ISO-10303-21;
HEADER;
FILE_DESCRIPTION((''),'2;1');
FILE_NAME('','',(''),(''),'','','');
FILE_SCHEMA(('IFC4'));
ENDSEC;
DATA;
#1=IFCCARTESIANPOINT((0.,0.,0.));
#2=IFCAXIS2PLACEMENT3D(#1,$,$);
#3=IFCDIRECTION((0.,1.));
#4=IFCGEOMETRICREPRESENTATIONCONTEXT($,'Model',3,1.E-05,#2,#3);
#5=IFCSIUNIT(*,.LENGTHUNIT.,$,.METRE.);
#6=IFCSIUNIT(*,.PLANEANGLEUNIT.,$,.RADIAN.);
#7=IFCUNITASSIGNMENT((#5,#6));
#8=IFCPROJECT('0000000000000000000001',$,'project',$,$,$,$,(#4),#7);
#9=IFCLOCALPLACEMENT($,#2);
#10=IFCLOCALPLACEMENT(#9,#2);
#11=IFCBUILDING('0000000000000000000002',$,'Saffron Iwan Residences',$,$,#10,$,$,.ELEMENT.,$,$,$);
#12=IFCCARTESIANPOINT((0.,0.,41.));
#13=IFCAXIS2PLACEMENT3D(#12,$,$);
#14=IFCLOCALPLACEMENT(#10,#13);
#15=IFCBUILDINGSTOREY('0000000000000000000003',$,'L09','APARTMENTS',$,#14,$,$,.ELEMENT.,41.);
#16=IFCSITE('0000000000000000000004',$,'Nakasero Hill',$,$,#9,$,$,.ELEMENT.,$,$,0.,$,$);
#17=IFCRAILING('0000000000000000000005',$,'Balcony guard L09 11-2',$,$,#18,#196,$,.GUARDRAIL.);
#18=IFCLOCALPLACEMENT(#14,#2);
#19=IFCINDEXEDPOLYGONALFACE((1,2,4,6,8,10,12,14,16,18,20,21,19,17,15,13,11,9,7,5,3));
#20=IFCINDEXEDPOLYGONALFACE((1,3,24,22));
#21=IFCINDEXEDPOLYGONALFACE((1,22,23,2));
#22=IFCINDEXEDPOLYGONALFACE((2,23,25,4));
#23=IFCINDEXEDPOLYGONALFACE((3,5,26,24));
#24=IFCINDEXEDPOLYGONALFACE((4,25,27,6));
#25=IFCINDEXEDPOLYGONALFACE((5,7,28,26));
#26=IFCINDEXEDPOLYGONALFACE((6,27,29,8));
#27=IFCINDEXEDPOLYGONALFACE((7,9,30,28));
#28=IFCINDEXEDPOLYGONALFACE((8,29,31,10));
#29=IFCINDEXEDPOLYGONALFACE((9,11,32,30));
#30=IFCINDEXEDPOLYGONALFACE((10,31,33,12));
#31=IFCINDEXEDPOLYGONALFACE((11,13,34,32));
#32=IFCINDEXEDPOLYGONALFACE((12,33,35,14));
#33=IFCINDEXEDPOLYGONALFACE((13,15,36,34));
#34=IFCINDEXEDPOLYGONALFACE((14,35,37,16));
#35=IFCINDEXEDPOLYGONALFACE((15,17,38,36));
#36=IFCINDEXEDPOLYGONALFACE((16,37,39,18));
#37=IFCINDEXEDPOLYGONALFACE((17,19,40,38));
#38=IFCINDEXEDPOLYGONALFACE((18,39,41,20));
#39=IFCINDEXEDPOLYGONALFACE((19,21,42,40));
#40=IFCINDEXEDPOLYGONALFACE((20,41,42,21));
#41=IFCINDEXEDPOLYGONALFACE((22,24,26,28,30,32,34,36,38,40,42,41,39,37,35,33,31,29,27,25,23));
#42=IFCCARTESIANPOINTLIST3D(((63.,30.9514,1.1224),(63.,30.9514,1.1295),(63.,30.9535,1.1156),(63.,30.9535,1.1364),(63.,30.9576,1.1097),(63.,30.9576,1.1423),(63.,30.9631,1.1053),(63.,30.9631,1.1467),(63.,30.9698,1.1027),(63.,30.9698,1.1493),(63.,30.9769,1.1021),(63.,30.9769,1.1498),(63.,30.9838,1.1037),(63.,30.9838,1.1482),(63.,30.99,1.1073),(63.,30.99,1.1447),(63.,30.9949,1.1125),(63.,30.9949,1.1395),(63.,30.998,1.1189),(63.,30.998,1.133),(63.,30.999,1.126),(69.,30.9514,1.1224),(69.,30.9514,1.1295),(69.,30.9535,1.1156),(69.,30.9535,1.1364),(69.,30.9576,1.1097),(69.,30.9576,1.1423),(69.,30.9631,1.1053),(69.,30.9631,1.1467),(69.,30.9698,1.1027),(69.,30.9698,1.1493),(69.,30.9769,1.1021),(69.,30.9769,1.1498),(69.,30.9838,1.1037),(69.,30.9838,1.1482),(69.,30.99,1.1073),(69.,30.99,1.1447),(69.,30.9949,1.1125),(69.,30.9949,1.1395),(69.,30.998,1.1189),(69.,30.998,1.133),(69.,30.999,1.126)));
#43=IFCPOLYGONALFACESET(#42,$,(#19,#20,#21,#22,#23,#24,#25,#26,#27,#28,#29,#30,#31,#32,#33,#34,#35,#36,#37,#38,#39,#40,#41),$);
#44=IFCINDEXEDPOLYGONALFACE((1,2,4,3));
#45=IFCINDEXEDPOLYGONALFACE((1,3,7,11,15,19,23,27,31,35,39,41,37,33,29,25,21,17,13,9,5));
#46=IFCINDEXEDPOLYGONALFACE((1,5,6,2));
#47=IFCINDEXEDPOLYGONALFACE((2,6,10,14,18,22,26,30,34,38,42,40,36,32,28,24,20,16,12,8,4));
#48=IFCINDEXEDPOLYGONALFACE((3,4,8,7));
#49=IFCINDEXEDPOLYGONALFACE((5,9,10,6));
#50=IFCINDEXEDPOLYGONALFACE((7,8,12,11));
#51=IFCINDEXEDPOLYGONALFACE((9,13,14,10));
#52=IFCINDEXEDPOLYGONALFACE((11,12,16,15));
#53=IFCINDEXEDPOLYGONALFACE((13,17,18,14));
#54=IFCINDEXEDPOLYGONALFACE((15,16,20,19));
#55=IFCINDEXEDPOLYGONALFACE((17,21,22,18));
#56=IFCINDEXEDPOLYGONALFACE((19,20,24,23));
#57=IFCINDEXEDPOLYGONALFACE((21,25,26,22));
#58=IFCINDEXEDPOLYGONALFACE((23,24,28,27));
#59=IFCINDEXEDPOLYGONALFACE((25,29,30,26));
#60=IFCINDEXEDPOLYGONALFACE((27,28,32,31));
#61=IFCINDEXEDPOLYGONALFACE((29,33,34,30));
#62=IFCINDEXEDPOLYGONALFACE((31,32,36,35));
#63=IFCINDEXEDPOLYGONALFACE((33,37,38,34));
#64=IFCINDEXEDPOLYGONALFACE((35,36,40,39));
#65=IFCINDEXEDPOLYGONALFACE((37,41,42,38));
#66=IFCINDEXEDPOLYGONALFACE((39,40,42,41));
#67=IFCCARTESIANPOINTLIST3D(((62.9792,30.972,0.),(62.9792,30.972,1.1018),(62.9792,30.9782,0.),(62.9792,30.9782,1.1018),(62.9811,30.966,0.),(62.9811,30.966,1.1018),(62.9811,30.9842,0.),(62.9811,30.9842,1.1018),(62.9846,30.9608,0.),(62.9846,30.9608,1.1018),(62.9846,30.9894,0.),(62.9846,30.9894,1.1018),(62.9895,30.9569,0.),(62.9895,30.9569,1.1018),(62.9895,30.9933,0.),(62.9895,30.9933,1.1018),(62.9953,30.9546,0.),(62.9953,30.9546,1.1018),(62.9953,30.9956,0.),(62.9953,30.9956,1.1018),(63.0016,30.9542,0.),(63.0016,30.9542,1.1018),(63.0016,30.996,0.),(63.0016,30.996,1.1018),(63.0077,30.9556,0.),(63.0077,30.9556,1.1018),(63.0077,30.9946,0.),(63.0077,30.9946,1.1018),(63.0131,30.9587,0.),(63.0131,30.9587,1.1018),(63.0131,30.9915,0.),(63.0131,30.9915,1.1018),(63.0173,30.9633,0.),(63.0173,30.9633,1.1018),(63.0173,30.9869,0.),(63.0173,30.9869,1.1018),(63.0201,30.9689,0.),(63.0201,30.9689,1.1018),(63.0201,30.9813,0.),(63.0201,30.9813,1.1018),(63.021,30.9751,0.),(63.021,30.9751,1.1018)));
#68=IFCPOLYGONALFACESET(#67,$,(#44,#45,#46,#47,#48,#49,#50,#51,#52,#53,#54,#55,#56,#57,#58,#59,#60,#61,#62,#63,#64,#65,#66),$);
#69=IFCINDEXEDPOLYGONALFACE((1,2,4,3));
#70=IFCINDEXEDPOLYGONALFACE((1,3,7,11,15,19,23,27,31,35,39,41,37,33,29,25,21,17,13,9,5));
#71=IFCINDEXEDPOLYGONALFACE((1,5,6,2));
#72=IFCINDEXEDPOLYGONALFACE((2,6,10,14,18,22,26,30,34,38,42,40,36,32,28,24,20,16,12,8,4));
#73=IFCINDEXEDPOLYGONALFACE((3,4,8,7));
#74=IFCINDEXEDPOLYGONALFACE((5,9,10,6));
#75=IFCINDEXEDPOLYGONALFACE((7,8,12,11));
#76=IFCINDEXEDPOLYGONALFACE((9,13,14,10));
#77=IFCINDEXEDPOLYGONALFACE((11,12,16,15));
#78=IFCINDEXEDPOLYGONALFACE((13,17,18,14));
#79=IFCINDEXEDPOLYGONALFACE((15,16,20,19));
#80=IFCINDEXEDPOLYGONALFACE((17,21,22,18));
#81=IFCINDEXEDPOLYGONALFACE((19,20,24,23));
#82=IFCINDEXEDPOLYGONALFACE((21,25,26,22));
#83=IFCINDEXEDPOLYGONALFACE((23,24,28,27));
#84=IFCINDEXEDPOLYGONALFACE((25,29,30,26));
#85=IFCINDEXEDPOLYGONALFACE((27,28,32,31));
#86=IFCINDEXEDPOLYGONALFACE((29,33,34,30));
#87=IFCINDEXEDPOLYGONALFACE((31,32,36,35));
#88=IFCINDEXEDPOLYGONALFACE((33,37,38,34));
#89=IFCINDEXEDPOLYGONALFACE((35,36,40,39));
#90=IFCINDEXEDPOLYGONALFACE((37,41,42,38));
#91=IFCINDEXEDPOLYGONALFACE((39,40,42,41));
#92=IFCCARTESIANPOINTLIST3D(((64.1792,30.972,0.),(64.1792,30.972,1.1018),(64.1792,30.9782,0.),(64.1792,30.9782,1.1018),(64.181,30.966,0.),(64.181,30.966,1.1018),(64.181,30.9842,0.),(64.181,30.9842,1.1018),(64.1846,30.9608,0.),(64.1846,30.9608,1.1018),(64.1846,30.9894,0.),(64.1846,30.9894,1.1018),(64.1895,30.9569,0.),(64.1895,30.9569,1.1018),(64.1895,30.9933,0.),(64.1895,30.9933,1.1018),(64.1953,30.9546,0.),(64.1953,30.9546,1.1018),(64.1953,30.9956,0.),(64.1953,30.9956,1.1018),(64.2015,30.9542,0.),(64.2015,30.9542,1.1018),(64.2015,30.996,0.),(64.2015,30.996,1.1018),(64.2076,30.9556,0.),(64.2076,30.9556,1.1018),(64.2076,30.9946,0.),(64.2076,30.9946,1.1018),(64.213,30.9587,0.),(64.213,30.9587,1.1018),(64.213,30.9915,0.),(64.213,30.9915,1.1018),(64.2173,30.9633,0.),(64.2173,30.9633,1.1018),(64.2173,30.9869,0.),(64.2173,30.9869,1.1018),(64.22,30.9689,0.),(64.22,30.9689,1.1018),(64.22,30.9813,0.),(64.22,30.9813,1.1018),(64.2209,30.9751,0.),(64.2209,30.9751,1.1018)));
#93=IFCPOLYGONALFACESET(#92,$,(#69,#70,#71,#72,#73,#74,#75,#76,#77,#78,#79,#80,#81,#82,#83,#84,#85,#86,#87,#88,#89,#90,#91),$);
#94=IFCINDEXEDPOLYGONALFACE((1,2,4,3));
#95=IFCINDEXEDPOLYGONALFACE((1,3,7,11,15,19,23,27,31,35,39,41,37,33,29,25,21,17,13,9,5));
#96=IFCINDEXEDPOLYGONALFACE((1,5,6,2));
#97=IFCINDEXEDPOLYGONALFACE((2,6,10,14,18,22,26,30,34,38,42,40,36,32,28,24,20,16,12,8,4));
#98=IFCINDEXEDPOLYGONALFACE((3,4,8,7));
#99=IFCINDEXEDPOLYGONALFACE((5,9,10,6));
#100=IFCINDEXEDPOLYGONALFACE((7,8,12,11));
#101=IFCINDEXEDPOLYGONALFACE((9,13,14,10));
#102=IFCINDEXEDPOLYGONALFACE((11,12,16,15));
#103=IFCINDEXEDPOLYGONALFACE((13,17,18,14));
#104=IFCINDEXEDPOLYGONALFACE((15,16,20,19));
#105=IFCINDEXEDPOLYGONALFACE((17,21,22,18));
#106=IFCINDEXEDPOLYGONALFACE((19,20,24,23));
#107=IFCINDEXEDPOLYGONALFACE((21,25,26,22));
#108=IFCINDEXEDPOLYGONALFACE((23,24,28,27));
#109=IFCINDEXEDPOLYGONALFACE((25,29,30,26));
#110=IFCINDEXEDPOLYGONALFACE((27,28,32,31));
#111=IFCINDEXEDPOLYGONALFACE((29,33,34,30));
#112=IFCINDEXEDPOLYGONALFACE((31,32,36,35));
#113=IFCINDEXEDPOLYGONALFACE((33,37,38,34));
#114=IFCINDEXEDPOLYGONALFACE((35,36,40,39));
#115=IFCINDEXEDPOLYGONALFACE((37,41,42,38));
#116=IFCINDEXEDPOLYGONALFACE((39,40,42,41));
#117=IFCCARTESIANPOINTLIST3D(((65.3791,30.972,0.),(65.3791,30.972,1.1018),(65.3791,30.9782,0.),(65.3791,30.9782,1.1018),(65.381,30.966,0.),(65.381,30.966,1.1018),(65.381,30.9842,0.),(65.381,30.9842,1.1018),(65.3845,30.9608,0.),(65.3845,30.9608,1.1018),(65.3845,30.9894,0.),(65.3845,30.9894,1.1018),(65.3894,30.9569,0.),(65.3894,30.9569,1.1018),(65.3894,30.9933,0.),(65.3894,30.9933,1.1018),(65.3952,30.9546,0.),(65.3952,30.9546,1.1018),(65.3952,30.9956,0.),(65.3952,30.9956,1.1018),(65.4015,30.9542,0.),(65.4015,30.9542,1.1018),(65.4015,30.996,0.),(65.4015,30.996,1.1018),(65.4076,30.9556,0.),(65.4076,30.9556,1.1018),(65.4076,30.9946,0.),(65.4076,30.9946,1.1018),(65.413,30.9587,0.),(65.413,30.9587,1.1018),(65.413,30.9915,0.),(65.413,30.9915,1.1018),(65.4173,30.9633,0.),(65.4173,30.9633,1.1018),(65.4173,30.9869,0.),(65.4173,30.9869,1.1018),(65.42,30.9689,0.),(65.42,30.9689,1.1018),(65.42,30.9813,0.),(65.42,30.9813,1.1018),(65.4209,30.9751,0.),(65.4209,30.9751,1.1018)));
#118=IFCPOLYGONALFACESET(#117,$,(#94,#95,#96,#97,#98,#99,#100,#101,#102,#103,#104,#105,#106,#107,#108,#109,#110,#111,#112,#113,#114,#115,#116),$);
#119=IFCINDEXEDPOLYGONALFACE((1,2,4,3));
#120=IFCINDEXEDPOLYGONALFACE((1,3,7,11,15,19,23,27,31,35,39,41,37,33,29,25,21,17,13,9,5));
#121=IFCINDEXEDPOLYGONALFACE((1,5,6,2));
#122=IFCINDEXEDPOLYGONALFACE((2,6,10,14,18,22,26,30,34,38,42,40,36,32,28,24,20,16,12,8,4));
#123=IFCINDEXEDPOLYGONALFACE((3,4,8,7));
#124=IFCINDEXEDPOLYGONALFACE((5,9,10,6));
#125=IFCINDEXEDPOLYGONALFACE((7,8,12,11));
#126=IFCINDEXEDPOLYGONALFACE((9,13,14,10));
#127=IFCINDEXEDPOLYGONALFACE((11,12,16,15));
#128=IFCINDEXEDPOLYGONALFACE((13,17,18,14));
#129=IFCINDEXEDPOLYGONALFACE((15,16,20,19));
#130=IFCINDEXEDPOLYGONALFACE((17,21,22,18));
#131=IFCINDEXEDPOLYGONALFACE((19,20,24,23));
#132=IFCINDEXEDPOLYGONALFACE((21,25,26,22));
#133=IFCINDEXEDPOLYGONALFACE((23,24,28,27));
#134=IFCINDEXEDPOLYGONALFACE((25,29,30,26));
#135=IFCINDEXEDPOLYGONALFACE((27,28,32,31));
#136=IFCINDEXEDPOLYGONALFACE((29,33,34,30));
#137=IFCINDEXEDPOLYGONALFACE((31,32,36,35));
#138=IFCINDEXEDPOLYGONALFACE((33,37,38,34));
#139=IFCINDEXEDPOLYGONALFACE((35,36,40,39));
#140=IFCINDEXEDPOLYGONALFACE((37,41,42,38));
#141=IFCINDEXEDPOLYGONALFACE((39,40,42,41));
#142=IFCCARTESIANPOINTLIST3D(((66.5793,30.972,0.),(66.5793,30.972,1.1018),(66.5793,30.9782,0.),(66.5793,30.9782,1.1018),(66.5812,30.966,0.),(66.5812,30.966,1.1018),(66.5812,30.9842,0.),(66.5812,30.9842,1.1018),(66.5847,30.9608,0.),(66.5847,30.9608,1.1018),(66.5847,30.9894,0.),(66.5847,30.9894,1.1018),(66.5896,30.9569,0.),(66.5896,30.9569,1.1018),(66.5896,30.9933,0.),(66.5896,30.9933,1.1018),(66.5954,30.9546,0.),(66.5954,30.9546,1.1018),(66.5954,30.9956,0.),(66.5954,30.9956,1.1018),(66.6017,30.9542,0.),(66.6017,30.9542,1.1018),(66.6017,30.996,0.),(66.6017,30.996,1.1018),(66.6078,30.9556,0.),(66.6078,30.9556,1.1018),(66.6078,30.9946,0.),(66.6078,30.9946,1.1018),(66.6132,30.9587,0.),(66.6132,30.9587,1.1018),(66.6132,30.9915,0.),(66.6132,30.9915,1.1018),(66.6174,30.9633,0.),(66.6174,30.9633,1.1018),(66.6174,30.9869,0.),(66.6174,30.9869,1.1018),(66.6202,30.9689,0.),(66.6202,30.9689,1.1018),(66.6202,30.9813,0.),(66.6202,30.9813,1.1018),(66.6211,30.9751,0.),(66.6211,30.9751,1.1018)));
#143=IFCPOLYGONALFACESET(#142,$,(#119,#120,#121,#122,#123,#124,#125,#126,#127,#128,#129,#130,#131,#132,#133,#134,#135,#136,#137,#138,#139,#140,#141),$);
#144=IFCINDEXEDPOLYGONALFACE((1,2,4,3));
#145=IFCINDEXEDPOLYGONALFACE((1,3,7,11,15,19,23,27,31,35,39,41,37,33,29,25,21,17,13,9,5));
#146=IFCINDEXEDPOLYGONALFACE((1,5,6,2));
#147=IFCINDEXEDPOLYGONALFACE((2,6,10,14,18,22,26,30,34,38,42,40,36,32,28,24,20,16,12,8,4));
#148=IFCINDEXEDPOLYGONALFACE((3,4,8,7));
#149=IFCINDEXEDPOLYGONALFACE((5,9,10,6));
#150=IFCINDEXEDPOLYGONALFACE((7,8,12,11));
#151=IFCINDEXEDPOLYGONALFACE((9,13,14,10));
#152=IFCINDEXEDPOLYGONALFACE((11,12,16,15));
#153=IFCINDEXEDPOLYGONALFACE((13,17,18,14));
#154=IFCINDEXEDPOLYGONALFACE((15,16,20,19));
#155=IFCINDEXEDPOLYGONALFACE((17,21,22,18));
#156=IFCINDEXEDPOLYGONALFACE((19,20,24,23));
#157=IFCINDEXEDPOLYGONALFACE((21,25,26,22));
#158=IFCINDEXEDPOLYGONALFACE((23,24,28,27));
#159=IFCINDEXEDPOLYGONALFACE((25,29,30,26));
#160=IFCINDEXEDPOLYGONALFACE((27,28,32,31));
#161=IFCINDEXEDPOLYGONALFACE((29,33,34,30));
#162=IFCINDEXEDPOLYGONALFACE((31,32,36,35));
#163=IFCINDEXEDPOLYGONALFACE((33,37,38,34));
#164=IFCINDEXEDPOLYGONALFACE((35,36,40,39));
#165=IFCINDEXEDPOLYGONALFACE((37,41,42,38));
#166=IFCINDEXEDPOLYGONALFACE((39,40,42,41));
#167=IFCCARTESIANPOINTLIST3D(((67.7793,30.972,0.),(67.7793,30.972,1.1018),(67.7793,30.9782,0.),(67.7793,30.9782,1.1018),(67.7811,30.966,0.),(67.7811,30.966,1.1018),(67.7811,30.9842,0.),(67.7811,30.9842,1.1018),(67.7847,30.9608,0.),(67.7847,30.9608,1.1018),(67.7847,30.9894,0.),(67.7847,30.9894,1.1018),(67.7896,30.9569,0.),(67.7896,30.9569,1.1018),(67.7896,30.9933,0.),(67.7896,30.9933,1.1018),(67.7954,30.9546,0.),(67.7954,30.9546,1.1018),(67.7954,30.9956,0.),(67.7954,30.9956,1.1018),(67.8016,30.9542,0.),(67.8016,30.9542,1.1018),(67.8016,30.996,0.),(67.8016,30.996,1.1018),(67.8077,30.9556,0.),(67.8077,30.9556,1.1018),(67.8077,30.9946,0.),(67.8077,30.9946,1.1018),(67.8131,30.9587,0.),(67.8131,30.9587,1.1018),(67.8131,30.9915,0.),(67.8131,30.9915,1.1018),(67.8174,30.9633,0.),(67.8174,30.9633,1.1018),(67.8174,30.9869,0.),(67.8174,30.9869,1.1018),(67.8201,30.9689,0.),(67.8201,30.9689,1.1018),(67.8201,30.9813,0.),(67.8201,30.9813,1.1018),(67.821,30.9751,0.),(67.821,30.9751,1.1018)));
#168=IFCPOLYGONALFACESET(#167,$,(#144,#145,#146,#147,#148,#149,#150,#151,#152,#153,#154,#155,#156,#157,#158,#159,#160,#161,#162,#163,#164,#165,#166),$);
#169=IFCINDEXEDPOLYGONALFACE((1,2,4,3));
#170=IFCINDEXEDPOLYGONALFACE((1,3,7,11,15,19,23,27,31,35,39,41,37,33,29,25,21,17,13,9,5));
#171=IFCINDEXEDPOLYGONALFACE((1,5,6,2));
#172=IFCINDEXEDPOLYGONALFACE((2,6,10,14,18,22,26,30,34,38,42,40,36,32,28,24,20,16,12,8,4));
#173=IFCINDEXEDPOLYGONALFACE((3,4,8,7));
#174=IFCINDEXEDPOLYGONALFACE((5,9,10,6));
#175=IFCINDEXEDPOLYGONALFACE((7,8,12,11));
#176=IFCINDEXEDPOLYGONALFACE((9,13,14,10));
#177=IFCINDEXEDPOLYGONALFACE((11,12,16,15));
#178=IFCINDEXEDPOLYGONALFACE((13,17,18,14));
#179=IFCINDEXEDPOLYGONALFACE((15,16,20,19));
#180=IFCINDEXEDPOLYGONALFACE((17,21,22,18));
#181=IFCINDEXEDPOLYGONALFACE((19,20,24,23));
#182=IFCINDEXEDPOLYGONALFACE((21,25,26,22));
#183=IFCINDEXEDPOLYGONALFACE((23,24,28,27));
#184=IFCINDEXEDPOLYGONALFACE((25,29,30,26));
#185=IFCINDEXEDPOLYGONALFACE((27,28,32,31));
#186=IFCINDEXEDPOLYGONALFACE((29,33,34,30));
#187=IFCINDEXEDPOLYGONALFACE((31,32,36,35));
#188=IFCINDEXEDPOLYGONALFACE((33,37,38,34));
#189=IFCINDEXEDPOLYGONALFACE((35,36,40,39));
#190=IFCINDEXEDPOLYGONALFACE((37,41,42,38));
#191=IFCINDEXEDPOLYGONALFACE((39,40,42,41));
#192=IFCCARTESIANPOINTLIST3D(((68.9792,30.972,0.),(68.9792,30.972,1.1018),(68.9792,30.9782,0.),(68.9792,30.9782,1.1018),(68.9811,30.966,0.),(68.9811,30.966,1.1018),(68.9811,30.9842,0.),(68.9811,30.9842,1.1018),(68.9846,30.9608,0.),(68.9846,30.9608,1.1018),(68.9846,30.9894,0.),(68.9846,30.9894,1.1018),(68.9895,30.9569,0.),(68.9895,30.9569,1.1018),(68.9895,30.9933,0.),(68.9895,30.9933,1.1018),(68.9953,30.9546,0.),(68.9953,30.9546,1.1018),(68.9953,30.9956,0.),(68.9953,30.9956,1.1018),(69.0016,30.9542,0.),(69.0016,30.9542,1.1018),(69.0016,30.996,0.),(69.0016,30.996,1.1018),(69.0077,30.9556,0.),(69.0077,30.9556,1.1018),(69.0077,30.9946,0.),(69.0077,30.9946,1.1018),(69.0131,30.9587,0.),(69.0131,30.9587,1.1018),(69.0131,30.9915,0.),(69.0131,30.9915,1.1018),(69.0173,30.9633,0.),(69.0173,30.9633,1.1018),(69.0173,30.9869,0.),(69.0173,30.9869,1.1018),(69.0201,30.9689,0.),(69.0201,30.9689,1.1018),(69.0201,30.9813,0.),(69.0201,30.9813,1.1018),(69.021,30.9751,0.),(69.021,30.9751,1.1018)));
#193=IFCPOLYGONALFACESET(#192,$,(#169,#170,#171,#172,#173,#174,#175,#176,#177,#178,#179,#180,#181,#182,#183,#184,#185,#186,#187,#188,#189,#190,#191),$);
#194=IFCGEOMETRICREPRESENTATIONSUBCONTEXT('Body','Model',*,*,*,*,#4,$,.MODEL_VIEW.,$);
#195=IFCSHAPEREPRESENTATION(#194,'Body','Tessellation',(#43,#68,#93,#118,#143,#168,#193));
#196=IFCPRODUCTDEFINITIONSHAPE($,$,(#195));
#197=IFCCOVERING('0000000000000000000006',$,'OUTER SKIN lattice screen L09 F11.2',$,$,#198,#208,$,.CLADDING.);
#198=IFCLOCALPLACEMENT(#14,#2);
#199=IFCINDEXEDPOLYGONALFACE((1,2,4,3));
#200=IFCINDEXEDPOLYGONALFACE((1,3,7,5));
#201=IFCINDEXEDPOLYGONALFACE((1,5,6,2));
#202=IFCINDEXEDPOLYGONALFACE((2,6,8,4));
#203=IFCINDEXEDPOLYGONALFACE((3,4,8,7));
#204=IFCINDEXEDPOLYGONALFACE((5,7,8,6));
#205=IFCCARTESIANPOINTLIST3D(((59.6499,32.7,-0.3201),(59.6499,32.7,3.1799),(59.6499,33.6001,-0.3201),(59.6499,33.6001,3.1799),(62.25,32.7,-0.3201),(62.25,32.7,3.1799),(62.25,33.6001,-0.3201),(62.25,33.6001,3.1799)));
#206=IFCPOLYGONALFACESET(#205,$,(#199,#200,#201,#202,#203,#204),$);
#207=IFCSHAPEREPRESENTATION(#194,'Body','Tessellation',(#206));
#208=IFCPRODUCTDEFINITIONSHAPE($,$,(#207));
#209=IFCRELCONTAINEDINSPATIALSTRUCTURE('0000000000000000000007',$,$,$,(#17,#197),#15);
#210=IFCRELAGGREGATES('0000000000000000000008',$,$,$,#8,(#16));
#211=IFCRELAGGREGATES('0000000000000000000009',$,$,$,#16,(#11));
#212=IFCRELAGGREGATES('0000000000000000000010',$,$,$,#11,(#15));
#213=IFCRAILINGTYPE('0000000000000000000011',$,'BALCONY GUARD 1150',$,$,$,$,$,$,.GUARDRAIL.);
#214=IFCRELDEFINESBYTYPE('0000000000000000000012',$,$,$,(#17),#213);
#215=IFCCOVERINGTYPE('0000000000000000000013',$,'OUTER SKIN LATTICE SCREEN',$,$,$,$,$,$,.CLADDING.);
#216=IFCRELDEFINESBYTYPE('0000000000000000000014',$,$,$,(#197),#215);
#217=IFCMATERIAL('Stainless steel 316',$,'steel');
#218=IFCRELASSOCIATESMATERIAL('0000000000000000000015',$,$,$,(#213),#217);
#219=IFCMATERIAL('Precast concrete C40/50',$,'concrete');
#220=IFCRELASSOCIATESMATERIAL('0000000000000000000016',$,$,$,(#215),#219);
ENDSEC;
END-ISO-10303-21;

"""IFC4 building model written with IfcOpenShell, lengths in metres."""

from ifc_helpers import new_model, si_unit, direction, frame, origin, origin_2d, place, context, subcontext, project, spatial, polyline, circle, outline, extrude, material, type_object, element, save


model = new_model("IFC4")

# Units and contexts
model_context = context("Model", 3, precision=1e-05, world=origin(), true_north=direction((0.0, 1.0)))
body_context = subcontext(model_context, "Body", "Model", "MODEL_VIEW")
ifc_project = project(units=[si_unit("LENGTHUNIT", "METRE"), si_unit("PLANEANGLEUNIT", "RADIAN")], contexts=[model_context])

# Site, building, storey
site_placement = place(None, origin())
site = spatial("IfcSite", under=ifc_project, at=site_placement, Name="Nakasero Hill", CompositionType="ELEMENT", RefElevation=0.0)
building_placement = place(site_placement, origin())
building = spatial("IfcBuilding", under=site, at=building_placement, Name="Saffron Iwan Residences", CompositionType="ELEMENT")
storey_placement = place(building_placement, frame((0.0, 0.0, 41.0)))
storey = spatial("IfcBuildingStorey", under=building, at=storey_placement, Name="L09", Description="APARTMENTS", CompositionType="ELEMENT", Elevation=41.0)

# Railing
ifc_material_1 = material(Name="Stainless steel 316", Category="steel")
railing_type = type_object("IfcRailingType", Name="BALCONY GUARD 1150", PredefinedType="GUARDRAIL", material=ifc_material_1)
railing_placement = place(storey_placement, frame((63.0, 30.9751, 0.0)))
element("IfcRailing", 1, at=railing_placement, inside=storey, type_object=railing_type, Name="Balcony guard L09 11-2", PredefinedType="GUARDRAIL", context=body_context, shape_type="SweptSolid", body=[
    extrude(circle(Radius=0.0239, at=origin_2d()), frame((0.0, 0.0, 1.126), z_axis=(1.0, 0.0, 0.0), x_axis=(0.0, 1.0, 0.0)), (0.0, 0.0, 1.0), 6.0),
    extrude(circle(Radius=0.021, at=origin_2d()), origin(), (0.0, 0.0, 1.0), 1.1018),
    extrude(circle(Radius=0.021, at=origin_2d()), frame((1.2, 0.0, 0.0)), (0.0, 0.0, 1.0), 1.1018),
    extrude(circle(Radius=0.021, at=origin_2d()), frame((2.3999, 0.0, 0.0)), (0.0, 0.0, 1.0), 1.1018),
    extrude(circle(Radius=0.021, at=origin_2d()), frame((3.6001, 0.0, 0.0)), (0.0, 0.0, 1.0), 1.1018),
    extrude(circle(Radius=0.021, at=origin_2d()), frame((4.8, 0.0, 0.0)), (0.0, 0.0, 1.0), 1.1018),
    extrude(circle(Radius=0.021, at=origin_2d()), frame((6.0, 0.0, 0.0)), (0.0, 0.0, 1.0), 1.1018),
])

# Covering
ifc_material_2 = material(Name="Precast concrete C40/50", Category="concrete")
covering_type = type_object("IfcCoveringType", Name="OUTER SKIN LATTICE SCREEN", PredefinedType="CLADDING", material=ifc_material_2)
covering_placement = place(storey_placement, frame((59.6499, 33.6001, -0.3201), z_axis=(0.0, -1.0, 0.0), x_axis=(1.0, 0.0, 0.0)))
element("IfcCovering", 2, at=covering_placement, inside=storey, type_object=covering_type, Name="OUTER SKIN lattice screen L09 F11.2", PredefinedType="CLADDING", context=body_context, shape_type="SweptSolid", body=[
    extrude(outline(polyline([(0.0, 0.0), (2.6001, 0.0), (2.6001, 3.5), (0.0, 3.5), (0.0, 0.0)])), origin(), (0.0, 0.0, 1.0), 0.9001),
])

save(model, "model.ifc")
